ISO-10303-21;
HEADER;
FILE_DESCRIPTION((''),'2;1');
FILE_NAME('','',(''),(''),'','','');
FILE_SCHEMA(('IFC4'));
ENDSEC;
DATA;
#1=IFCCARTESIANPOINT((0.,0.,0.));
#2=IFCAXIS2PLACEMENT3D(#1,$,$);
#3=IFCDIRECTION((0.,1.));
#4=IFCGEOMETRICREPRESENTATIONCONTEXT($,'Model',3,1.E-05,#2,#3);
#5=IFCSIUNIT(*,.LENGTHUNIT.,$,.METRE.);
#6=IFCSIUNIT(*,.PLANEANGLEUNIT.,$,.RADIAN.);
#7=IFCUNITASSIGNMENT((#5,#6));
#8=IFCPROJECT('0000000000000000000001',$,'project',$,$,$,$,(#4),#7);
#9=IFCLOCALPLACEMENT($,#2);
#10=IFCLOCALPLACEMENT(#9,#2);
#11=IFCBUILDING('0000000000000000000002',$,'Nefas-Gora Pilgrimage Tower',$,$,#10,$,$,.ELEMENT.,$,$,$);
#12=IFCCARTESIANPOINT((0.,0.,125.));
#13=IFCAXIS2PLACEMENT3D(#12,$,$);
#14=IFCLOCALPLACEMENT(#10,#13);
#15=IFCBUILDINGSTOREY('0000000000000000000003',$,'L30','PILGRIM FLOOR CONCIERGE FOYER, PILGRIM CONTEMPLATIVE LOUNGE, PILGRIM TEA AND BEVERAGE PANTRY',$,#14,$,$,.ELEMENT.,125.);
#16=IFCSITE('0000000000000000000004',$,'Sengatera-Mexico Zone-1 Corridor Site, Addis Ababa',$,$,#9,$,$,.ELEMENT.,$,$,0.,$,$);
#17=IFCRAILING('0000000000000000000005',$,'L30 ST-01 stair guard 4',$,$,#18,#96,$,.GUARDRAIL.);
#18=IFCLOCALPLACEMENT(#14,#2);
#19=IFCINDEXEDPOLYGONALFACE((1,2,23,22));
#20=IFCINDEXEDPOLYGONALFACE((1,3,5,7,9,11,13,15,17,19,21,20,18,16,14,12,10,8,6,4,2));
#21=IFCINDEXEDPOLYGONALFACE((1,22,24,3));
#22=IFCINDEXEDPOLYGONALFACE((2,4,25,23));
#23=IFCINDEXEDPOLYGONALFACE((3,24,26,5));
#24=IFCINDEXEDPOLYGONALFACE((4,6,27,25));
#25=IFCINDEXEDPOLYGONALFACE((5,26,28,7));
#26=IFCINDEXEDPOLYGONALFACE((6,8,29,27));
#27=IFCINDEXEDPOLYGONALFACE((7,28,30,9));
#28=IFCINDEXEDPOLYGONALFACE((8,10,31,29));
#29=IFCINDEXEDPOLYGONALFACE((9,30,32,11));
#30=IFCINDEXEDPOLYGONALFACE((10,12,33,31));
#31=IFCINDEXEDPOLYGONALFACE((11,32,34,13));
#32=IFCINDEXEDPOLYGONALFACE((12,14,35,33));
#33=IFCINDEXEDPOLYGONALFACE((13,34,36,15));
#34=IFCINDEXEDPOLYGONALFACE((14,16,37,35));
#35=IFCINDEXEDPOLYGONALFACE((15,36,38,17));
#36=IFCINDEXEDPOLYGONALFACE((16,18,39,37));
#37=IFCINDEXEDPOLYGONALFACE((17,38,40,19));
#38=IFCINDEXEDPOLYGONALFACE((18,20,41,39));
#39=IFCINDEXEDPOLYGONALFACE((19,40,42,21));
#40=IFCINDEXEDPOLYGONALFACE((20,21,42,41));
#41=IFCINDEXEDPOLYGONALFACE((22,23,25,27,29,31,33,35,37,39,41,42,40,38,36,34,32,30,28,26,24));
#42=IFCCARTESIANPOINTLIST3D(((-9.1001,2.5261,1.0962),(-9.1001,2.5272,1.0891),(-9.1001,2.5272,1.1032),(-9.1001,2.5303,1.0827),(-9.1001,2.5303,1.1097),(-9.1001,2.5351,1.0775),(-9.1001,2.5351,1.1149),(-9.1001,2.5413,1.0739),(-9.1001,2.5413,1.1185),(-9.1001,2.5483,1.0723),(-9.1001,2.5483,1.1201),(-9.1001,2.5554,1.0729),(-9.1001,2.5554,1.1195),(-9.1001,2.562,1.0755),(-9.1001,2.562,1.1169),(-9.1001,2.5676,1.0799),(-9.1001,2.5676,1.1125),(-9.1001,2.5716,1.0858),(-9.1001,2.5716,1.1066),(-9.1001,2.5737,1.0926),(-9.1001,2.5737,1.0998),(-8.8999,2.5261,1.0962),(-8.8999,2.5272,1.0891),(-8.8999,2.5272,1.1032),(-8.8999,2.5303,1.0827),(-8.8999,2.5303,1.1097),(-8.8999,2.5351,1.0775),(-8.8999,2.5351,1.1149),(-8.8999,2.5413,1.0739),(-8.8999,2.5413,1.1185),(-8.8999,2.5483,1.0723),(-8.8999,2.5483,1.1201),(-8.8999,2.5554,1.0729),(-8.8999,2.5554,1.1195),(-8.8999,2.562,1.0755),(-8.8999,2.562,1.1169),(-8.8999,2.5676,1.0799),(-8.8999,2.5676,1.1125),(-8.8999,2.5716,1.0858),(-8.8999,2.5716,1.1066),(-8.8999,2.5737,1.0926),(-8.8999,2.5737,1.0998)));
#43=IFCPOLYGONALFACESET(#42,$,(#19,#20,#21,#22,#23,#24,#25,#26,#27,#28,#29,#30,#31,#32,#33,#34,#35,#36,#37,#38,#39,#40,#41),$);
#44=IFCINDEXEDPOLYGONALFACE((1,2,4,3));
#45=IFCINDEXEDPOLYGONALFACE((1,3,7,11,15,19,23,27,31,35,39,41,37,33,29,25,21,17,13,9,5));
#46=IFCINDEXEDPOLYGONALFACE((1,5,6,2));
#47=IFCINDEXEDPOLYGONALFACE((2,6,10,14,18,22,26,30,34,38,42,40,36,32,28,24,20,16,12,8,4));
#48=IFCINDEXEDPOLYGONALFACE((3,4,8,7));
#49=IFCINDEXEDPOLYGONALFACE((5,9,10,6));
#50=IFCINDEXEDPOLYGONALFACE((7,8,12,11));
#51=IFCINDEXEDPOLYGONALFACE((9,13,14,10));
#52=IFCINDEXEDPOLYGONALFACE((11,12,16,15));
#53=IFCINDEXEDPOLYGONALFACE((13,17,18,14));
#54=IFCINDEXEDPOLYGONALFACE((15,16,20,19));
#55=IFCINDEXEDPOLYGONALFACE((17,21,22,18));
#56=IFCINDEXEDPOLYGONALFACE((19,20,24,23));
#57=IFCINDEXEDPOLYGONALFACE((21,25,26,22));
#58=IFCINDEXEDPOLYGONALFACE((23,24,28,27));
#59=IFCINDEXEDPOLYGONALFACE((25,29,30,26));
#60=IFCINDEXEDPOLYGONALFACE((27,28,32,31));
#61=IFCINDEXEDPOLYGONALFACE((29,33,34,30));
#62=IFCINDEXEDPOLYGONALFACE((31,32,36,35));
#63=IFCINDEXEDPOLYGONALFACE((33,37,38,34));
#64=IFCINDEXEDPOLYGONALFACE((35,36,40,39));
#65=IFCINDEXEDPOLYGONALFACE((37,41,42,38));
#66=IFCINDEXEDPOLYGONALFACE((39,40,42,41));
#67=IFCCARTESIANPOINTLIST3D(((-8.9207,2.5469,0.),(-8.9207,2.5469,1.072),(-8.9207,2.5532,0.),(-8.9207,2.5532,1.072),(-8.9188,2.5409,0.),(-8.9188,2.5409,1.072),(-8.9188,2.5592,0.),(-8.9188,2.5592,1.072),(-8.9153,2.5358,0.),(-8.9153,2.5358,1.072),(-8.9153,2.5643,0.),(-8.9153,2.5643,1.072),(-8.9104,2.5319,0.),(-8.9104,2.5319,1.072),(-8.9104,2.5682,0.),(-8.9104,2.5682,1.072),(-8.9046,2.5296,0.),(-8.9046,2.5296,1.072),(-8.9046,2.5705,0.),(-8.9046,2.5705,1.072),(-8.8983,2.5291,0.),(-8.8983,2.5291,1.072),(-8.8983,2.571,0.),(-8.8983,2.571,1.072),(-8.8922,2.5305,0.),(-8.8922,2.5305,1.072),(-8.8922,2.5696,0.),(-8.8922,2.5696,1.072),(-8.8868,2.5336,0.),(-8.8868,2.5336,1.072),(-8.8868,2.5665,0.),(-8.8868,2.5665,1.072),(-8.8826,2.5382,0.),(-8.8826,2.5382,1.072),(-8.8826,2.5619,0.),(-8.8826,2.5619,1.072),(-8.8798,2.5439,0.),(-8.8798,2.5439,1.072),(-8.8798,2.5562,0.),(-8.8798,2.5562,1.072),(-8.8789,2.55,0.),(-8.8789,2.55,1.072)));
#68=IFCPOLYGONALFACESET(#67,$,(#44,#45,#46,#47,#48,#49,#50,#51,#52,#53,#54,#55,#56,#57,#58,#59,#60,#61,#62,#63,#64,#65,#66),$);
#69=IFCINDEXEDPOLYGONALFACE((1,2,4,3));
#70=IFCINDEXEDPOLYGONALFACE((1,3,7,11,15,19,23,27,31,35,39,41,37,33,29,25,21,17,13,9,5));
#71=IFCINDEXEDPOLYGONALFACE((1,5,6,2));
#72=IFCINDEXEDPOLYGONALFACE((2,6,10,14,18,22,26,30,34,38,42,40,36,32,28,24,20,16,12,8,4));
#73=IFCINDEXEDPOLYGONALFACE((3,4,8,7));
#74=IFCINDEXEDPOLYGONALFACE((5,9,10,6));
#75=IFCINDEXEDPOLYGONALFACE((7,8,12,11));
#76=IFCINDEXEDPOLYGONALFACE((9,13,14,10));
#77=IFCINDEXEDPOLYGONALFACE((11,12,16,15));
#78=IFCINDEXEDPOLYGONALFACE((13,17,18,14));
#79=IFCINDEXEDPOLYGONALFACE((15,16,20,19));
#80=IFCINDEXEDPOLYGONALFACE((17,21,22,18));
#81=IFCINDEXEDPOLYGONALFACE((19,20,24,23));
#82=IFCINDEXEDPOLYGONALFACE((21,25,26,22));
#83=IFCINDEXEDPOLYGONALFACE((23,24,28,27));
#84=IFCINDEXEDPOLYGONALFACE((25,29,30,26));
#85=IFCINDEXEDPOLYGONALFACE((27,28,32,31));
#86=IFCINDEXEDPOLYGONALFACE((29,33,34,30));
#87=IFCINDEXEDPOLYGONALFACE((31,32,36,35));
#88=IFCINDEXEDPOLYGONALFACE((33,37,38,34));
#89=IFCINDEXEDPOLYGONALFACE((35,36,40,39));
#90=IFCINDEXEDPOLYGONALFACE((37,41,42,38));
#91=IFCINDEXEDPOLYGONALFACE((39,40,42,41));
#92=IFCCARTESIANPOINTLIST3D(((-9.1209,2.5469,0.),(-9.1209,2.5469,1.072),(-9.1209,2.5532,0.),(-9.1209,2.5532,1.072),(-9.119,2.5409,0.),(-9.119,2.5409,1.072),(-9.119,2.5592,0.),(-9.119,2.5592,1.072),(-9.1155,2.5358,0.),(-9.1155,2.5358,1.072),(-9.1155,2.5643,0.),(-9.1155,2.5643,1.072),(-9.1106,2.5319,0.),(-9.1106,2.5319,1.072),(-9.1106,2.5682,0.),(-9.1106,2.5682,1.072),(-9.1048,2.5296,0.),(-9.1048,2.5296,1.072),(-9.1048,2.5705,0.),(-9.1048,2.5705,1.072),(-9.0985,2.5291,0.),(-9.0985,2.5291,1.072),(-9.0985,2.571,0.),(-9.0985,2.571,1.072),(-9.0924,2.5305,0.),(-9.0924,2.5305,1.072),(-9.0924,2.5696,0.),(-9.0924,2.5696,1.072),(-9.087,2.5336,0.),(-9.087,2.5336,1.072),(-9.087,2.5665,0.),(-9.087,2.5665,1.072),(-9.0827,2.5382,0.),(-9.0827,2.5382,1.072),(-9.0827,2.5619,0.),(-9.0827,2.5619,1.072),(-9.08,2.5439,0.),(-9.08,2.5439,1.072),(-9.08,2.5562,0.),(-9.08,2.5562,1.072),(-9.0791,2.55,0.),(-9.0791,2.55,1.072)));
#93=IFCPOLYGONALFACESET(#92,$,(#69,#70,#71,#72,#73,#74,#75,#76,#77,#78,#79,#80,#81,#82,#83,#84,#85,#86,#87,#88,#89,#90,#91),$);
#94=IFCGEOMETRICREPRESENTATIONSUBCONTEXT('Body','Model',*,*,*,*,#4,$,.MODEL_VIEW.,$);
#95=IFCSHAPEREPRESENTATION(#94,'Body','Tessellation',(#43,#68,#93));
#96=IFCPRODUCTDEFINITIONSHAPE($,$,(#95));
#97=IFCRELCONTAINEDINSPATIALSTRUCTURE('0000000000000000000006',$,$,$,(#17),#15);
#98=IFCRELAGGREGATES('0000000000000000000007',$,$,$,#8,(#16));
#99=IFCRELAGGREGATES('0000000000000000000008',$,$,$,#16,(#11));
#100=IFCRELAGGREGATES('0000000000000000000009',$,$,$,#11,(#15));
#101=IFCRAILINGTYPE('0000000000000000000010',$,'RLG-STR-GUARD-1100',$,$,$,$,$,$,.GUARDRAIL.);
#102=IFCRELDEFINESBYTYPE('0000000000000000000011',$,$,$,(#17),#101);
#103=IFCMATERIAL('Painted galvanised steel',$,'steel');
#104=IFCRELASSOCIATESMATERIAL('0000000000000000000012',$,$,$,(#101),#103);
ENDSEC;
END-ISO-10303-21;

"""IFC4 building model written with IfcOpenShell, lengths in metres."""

from ifc_helpers import new_model, si_unit, direction, frame, origin, origin_2d, place, context, subcontext, project, spatial, circle, extrude, material, type_object, element, save


model = new_model("IFC4")

# Units and contexts
model_context = context("Model", 3, precision=1e-05, world=origin(), true_north=direction((0.0, 1.0)))
body_context = subcontext(model_context, "Body", "Model", "MODEL_VIEW")
ifc_project = project(units=[si_unit("LENGTHUNIT", "METRE"), si_unit("PLANEANGLEUNIT", "RADIAN")], contexts=[model_context])

# Site, building, storey
site_placement = place(None, origin())
site = spatial("IfcSite", under=ifc_project, at=site_placement, Name="Sengatera-Mexico Zone-1 Corridor Site, Addis Ababa", CompositionType="ELEMENT", RefElevation=0.0)
building_placement = place(site_placement, origin())
building = spatial("IfcBuilding", under=site, at=building_placement, Name="Nefas-Gora Pilgrimage Tower", CompositionType="ELEMENT")
storey_placement = place(building_placement, frame((0.0, 0.0, 125.0)))
storey = spatial("IfcBuildingStorey", under=building, at=storey_placement, Name="L30", Description="PILGRIM FLOOR CONCIERGE FOYER, PILGRIM CONTEMPLATIVE LOUNGE, PILGRIM TEA AND BEVERAGE PANTRY", CompositionType="ELEMENT", Elevation=125.0)

# Railing
ifc_material_1 = material(Name="Painted galvanised steel", Category="steel")
railing_type_1 = type_object("IfcRailingType", Name="RLG-STR-GUARD-1100", PredefinedType="GUARDRAIL", material=ifc_material_1)
railing_1_placement = place(storey_placement, frame((-8.8999, 2.55, 0.0)))
element("IfcRailing", 1, at=railing_1_placement, inside=storey, type_object=railing_type_1, Name="L30 ST-01 stair guard 4", PredefinedType="GUARDRAIL", context=body_context, shape_type="SweptSolid", body=[
    extrude(circle(Radius=0.0239, at=origin_2d()), frame((0.0, 0.0, 1.0962), z_axis=(-1.0, 0.0, 0.0), x_axis=(0.0, -1.0, 0.0)), (0.0, 0.0, 1.0), 0.2002),
    extrude(circle(Radius=0.021, at=origin_2d()), origin(), (0.0, 0.0, 1.0), 1.072),
    extrude(circle(Radius=0.021, at=origin_2d()), frame((-0.2002, 0.0, 0.0)), (0.0, 0.0, 1.0), 1.072),
])

save(model, "model.ifc")
